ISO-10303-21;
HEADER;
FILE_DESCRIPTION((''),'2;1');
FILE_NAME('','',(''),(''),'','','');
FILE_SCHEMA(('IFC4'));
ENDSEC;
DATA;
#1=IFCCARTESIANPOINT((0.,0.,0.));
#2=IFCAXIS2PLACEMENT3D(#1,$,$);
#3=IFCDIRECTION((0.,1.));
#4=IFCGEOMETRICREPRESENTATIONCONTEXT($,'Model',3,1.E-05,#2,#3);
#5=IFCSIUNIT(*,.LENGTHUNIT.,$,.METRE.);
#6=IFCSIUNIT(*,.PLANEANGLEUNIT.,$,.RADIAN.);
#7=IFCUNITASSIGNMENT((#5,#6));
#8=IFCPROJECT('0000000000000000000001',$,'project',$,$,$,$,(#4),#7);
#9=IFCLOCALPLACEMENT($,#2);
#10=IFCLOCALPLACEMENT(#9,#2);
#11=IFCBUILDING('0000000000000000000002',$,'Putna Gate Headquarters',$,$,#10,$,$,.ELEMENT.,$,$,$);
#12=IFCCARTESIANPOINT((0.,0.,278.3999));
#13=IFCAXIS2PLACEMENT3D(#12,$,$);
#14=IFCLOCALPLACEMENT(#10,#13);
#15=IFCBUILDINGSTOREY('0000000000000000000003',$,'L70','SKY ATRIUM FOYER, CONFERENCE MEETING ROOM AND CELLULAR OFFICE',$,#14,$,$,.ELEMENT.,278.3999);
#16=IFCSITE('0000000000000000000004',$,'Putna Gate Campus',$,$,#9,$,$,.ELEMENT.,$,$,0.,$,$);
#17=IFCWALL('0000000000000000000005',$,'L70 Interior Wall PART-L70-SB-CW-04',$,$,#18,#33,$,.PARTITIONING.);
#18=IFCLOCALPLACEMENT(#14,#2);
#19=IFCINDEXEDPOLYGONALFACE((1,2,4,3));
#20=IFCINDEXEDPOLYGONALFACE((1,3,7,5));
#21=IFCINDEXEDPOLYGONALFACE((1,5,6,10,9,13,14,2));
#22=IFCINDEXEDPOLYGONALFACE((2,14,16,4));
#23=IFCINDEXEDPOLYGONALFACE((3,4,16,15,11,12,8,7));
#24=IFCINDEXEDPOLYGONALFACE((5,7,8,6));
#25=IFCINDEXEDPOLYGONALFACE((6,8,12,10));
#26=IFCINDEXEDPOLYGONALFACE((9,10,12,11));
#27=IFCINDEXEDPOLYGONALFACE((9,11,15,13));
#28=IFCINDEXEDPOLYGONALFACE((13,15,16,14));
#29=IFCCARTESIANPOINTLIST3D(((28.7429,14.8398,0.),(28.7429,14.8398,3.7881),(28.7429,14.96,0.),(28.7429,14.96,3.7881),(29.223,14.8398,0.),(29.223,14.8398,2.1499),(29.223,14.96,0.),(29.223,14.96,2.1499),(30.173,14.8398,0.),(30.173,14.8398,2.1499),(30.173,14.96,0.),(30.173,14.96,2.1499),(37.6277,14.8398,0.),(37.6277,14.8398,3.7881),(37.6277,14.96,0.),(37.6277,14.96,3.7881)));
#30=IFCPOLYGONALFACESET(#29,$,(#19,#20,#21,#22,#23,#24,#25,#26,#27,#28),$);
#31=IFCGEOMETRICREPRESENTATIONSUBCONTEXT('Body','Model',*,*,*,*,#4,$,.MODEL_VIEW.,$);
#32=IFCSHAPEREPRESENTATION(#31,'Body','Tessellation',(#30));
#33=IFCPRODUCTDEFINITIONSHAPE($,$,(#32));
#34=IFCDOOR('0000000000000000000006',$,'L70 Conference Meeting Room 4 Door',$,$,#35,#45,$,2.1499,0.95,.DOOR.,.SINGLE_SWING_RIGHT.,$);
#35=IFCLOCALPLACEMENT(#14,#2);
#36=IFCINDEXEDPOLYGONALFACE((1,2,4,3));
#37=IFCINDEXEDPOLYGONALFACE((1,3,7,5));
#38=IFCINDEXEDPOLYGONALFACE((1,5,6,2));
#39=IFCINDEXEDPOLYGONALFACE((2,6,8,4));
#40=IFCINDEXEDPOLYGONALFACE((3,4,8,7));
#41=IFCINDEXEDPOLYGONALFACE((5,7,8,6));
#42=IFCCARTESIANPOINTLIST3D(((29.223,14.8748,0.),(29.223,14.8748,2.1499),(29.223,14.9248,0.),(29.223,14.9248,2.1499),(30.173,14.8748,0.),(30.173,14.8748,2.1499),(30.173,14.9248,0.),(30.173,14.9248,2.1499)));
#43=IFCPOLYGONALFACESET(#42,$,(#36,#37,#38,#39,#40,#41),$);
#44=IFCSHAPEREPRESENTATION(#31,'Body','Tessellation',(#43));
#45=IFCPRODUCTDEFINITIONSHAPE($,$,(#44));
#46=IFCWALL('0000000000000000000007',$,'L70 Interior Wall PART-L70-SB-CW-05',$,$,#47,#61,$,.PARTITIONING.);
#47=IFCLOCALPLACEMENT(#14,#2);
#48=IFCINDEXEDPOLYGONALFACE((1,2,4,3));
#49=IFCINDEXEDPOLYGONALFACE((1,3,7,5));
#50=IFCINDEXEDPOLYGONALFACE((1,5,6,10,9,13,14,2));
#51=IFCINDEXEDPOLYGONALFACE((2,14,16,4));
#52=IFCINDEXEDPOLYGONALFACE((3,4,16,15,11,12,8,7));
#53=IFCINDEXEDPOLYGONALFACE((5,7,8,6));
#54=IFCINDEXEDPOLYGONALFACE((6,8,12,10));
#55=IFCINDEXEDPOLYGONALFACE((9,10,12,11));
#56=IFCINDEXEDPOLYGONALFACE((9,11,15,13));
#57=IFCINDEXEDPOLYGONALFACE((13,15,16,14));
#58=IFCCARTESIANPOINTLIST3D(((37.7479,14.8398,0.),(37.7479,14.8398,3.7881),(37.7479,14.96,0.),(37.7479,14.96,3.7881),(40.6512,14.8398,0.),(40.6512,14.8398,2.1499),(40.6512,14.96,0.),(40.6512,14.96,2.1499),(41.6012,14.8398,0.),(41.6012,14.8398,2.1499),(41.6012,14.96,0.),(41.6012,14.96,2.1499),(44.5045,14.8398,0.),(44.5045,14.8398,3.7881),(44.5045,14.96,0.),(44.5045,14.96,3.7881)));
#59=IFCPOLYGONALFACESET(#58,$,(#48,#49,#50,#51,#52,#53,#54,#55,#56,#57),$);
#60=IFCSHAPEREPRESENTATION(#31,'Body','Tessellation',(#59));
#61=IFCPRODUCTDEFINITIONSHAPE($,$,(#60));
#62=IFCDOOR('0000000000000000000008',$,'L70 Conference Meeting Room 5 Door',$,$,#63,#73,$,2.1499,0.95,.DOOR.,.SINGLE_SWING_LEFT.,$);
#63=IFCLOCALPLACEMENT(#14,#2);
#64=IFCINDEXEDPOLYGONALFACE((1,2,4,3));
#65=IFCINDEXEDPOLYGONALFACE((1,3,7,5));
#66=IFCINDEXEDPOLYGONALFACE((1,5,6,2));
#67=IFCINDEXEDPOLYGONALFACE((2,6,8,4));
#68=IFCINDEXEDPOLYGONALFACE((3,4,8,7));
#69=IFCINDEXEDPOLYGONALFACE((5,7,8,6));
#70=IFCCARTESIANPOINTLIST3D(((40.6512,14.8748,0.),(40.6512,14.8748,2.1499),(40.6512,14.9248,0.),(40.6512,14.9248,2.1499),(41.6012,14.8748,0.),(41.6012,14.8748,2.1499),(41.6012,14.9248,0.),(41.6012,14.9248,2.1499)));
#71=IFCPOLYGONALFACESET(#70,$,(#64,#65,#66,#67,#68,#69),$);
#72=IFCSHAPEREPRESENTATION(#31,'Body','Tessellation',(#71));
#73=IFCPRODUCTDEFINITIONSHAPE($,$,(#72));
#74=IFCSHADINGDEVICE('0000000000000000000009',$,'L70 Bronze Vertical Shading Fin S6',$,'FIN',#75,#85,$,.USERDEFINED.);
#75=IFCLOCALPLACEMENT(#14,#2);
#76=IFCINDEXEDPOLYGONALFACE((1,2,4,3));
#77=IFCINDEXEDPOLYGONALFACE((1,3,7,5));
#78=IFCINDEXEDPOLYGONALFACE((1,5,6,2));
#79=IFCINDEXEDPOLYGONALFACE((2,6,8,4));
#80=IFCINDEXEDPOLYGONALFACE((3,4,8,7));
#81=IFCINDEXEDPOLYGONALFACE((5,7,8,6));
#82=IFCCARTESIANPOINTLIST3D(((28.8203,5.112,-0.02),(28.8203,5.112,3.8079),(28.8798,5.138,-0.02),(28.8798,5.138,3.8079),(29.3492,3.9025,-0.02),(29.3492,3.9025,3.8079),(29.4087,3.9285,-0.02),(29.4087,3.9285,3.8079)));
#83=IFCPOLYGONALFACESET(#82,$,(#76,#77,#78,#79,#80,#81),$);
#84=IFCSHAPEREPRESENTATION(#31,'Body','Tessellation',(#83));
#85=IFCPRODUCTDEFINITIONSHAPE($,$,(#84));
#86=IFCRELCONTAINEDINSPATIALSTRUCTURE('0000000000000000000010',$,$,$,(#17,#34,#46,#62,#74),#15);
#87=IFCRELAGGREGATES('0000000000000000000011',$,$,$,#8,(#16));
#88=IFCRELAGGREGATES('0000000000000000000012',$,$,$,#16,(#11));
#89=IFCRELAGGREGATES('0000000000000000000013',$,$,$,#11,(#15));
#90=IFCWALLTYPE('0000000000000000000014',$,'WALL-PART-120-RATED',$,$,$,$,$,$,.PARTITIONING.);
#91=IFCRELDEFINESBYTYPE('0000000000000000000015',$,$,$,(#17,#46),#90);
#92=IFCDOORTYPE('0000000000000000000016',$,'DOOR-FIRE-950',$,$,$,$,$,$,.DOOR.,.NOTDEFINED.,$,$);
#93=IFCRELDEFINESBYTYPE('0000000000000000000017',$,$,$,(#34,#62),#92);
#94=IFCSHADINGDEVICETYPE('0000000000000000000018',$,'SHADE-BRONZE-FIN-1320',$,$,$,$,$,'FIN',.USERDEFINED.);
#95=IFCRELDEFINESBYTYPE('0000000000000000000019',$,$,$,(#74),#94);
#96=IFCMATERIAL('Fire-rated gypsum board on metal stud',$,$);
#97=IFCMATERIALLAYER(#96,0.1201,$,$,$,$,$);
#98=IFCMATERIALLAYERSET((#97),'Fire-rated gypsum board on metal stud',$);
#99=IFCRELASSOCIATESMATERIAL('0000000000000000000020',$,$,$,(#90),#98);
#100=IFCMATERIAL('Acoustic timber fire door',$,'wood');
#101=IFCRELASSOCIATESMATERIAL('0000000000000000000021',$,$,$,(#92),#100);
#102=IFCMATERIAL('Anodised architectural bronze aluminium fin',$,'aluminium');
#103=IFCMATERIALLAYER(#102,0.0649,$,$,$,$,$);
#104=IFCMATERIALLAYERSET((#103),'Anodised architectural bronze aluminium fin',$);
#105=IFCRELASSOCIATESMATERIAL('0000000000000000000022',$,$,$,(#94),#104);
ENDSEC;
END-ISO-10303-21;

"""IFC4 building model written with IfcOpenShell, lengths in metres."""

from ifc_helpers import new_model, si_unit, direction, frame, frame_2d, origin, origin_2d, place, context, subcontext, project, spatial, rectangle, extrude, material, layer, layer_set, type_object, element, fill, save


model = new_model("IFC4")

# Units and contexts
model_context = context("Model", 3, precision=1e-05, world=origin(), true_north=direction((0.0, 1.0)))
body_context = subcontext(model_context, "Body", "Model", "MODEL_VIEW")
ifc_project = project(units=[si_unit("LENGTHUNIT", "METRE"), si_unit("PLANEANGLEUNIT", "RADIAN")], contexts=[model_context])

# Site, building, storey
site_placement = place(None, origin())
site = spatial("IfcSite", under=ifc_project, at=site_placement, Name="Putna Gate Campus", CompositionType="ELEMENT", RefElevation=0.0)
building_placement = place(site_placement, origin())
building = spatial("IfcBuilding", under=site, at=building_placement, Name="Putna Gate Headquarters", CompositionType="ELEMENT")
storey_placement = place(building_placement, frame((0.0, 0.0, 278.3999)))
storey = spatial("IfcBuildingStorey", under=building, at=storey_placement, Name="L70", Description="SKY ATRIUM FOYER, CONFERENCE MEETING ROOM AND CELLULAR OFFICE", CompositionType="ELEMENT", Elevation=278.3999)

# Walls, openings, doors
ifc_material_1 = material(Name="Fire-rated gypsum board on metal stud")
ifc_layer_1 = layer(ifc_material_1, 0.1201)
ifc_layer_set_1 = layer_set([ifc_layer_1], Name="Fire-rated gypsum board on metal stud")
wall_type_1 = type_object("IfcWallType", Name="WALL-PART-120-RATED", PredefinedType="PARTITIONING", material=ifc_layer_set_1)
wall_1_placement = place(storey_placement, frame((28.7429, 14.8999, 0.0), z_axis=(0.0, 0.0, 1.0), x_axis=(1.0, 0.0, 0.0)))
wall_1 = element("IfcWall", 1, at=wall_1_placement, inside=storey, type_object=wall_type_1, Name="L70 Interior Wall PART-L70-SB-CW-04", PredefinedType="PARTITIONING", context=body_context, shape_type="SweptSolid", body=[
    extrude(rectangle(XDim=8.8848, YDim=0.1201, at=frame_2d((4.4424, 0.0))), origin(), (0.0, 0.0, 1.0), 3.7881),
])
opening_1_placement = place(wall_1_placement, frame((0.48, 0.0, 0.0)))
opening_1 = element("IfcOpeningElement", 2, at=opening_1_placement, cuts=wall_1, PredefinedType="OPENING", context=body_context, shape_type="SweptSolid", body=[
    extrude(rectangle(XDim=0.95, YDim=2.1499, at=frame_2d((0.4751, 1.075))), frame((0.0, 0.0701, 0.0), z_axis=(0.0, -1.0, 0.0), x_axis=(1.0, 0.0, 0.0)), (0.0, 0.0, 1.0), 0.1401),
])
ifc_material_2 = material(Name="Acoustic timber fire door", Category="wood")
door_type = type_object("IfcDoorType", Name="DOOR-FIRE-950", OperationType="NOTDEFINED", PredefinedType="DOOR", material=ifc_material_2)
door_1_placement = place(opening_1_placement, origin())
door_1 = element("IfcDoor", 3, at=door_1_placement, inside=storey, type_object=door_type, Name="L70 Conference Meeting Room 4 Door", OperationType="SINGLE_SWING_RIGHT", OverallHeight=2.1499, OverallWidth=0.95, PredefinedType="DOOR", context=body_context, shape_type="SweptSolid", body=[
    extrude(rectangle(XDim=0.95, YDim=2.1499, at=frame_2d((0.4751, 1.075))), frame((0.0, 0.0249, 0.0), z_axis=(0.0, -1.0, 0.0), x_axis=(1.0, 0.0, 0.0)), (0.0, 0.0, 1.0), 0.05),
])
fill(opening_1, door_1)
wall_2_placement = place(storey_placement, frame((37.7478, 14.8999, 0.0), z_axis=(0.0, 0.0, 1.0), x_axis=(1.0, 0.0, 0.0)))
wall_2 = element("IfcWall", 4, at=wall_2_placement, inside=storey, type_object=wall_type_1, Name="L70 Interior Wall PART-L70-SB-CW-05", PredefinedType="PARTITIONING", context=body_context, shape_type="SweptSolid", body=[
    extrude(rectangle(XDim=6.7566, YDim=0.1201, at=frame_2d((3.3784, 0.0))), origin(), (0.0, 0.0, 1.0), 3.7881),
])
opening_2_placement = place(wall_2_placement, frame((2.9033, 0.0, 0.0)))
opening_2 = element("IfcOpeningElement", 5, at=opening_2_placement, cuts=wall_2, PredefinedType="OPENING", context=body_context, shape_type="SweptSolid", body=[
    extrude(rectangle(XDim=0.95, YDim=2.1499, at=frame_2d((0.4751, 1.075))), frame((0.0, 0.0701, 0.0), z_axis=(0.0, -1.0, 0.0), x_axis=(1.0, 0.0, 0.0)), (0.0, 0.0, 1.0), 0.1401),
])
door_2_placement = place(opening_2_placement, origin())
door_2 = element("IfcDoor", 6, at=door_2_placement, inside=storey, type_object=door_type, Name="L70 Conference Meeting Room 5 Door", OperationType="SINGLE_SWING_LEFT", OverallHeight=2.1499, OverallWidth=0.95, PredefinedType="DOOR", context=body_context, shape_type="SweptSolid", body=[
    extrude(rectangle(XDim=0.95, YDim=2.1499, at=frame_2d((0.4751, 1.075))), frame((0.0, 0.0249, 0.0), z_axis=(0.0, -1.0, 0.0), x_axis=(1.0, 0.0, 0.0)), (0.0, 0.0, 1.0), 0.05),
])
fill(opening_2, door_2)

# Shading device
ifc_material_3 = material(Name="Anodised architectural bronze aluminium fin", Category="aluminium")
ifc_layer_2 = layer(ifc_material_3, 0.0649)
ifc_layer_set_2 = layer_set([ifc_layer_2], Name="Anodised architectural bronze aluminium fin")
shading_device_type = type_object("IfcShadingDeviceType", Name="SHADE-BRONZE-FIN-1320", ElementType="FIN", PredefinedType="USERDEFINED", material=ifc_layer_set_2)
shading_device_placement = place(storey_placement, frame((29.1145, 4.5203, -0.02), z_axis=(0.0, 0.0, 1.0), x_axis=(0.400669, -0.916223, 0.0)))
element("IfcShadingDevice", 7, at=shading_device_placement, inside=storey, type_object=shading_device_type, Name="L70 Bronze Vertical Shading Fin S6", ObjectType="FIN", PredefinedType="USERDEFINED", context=body_context, shape_type="SweptSolid", body=[
    extrude(rectangle(XDim=1.3201, YDim=0.0649, at=origin_2d()), origin(), (0.0, 0.0, 1.0), 3.8279),
])

save(model, "model.ifc")
